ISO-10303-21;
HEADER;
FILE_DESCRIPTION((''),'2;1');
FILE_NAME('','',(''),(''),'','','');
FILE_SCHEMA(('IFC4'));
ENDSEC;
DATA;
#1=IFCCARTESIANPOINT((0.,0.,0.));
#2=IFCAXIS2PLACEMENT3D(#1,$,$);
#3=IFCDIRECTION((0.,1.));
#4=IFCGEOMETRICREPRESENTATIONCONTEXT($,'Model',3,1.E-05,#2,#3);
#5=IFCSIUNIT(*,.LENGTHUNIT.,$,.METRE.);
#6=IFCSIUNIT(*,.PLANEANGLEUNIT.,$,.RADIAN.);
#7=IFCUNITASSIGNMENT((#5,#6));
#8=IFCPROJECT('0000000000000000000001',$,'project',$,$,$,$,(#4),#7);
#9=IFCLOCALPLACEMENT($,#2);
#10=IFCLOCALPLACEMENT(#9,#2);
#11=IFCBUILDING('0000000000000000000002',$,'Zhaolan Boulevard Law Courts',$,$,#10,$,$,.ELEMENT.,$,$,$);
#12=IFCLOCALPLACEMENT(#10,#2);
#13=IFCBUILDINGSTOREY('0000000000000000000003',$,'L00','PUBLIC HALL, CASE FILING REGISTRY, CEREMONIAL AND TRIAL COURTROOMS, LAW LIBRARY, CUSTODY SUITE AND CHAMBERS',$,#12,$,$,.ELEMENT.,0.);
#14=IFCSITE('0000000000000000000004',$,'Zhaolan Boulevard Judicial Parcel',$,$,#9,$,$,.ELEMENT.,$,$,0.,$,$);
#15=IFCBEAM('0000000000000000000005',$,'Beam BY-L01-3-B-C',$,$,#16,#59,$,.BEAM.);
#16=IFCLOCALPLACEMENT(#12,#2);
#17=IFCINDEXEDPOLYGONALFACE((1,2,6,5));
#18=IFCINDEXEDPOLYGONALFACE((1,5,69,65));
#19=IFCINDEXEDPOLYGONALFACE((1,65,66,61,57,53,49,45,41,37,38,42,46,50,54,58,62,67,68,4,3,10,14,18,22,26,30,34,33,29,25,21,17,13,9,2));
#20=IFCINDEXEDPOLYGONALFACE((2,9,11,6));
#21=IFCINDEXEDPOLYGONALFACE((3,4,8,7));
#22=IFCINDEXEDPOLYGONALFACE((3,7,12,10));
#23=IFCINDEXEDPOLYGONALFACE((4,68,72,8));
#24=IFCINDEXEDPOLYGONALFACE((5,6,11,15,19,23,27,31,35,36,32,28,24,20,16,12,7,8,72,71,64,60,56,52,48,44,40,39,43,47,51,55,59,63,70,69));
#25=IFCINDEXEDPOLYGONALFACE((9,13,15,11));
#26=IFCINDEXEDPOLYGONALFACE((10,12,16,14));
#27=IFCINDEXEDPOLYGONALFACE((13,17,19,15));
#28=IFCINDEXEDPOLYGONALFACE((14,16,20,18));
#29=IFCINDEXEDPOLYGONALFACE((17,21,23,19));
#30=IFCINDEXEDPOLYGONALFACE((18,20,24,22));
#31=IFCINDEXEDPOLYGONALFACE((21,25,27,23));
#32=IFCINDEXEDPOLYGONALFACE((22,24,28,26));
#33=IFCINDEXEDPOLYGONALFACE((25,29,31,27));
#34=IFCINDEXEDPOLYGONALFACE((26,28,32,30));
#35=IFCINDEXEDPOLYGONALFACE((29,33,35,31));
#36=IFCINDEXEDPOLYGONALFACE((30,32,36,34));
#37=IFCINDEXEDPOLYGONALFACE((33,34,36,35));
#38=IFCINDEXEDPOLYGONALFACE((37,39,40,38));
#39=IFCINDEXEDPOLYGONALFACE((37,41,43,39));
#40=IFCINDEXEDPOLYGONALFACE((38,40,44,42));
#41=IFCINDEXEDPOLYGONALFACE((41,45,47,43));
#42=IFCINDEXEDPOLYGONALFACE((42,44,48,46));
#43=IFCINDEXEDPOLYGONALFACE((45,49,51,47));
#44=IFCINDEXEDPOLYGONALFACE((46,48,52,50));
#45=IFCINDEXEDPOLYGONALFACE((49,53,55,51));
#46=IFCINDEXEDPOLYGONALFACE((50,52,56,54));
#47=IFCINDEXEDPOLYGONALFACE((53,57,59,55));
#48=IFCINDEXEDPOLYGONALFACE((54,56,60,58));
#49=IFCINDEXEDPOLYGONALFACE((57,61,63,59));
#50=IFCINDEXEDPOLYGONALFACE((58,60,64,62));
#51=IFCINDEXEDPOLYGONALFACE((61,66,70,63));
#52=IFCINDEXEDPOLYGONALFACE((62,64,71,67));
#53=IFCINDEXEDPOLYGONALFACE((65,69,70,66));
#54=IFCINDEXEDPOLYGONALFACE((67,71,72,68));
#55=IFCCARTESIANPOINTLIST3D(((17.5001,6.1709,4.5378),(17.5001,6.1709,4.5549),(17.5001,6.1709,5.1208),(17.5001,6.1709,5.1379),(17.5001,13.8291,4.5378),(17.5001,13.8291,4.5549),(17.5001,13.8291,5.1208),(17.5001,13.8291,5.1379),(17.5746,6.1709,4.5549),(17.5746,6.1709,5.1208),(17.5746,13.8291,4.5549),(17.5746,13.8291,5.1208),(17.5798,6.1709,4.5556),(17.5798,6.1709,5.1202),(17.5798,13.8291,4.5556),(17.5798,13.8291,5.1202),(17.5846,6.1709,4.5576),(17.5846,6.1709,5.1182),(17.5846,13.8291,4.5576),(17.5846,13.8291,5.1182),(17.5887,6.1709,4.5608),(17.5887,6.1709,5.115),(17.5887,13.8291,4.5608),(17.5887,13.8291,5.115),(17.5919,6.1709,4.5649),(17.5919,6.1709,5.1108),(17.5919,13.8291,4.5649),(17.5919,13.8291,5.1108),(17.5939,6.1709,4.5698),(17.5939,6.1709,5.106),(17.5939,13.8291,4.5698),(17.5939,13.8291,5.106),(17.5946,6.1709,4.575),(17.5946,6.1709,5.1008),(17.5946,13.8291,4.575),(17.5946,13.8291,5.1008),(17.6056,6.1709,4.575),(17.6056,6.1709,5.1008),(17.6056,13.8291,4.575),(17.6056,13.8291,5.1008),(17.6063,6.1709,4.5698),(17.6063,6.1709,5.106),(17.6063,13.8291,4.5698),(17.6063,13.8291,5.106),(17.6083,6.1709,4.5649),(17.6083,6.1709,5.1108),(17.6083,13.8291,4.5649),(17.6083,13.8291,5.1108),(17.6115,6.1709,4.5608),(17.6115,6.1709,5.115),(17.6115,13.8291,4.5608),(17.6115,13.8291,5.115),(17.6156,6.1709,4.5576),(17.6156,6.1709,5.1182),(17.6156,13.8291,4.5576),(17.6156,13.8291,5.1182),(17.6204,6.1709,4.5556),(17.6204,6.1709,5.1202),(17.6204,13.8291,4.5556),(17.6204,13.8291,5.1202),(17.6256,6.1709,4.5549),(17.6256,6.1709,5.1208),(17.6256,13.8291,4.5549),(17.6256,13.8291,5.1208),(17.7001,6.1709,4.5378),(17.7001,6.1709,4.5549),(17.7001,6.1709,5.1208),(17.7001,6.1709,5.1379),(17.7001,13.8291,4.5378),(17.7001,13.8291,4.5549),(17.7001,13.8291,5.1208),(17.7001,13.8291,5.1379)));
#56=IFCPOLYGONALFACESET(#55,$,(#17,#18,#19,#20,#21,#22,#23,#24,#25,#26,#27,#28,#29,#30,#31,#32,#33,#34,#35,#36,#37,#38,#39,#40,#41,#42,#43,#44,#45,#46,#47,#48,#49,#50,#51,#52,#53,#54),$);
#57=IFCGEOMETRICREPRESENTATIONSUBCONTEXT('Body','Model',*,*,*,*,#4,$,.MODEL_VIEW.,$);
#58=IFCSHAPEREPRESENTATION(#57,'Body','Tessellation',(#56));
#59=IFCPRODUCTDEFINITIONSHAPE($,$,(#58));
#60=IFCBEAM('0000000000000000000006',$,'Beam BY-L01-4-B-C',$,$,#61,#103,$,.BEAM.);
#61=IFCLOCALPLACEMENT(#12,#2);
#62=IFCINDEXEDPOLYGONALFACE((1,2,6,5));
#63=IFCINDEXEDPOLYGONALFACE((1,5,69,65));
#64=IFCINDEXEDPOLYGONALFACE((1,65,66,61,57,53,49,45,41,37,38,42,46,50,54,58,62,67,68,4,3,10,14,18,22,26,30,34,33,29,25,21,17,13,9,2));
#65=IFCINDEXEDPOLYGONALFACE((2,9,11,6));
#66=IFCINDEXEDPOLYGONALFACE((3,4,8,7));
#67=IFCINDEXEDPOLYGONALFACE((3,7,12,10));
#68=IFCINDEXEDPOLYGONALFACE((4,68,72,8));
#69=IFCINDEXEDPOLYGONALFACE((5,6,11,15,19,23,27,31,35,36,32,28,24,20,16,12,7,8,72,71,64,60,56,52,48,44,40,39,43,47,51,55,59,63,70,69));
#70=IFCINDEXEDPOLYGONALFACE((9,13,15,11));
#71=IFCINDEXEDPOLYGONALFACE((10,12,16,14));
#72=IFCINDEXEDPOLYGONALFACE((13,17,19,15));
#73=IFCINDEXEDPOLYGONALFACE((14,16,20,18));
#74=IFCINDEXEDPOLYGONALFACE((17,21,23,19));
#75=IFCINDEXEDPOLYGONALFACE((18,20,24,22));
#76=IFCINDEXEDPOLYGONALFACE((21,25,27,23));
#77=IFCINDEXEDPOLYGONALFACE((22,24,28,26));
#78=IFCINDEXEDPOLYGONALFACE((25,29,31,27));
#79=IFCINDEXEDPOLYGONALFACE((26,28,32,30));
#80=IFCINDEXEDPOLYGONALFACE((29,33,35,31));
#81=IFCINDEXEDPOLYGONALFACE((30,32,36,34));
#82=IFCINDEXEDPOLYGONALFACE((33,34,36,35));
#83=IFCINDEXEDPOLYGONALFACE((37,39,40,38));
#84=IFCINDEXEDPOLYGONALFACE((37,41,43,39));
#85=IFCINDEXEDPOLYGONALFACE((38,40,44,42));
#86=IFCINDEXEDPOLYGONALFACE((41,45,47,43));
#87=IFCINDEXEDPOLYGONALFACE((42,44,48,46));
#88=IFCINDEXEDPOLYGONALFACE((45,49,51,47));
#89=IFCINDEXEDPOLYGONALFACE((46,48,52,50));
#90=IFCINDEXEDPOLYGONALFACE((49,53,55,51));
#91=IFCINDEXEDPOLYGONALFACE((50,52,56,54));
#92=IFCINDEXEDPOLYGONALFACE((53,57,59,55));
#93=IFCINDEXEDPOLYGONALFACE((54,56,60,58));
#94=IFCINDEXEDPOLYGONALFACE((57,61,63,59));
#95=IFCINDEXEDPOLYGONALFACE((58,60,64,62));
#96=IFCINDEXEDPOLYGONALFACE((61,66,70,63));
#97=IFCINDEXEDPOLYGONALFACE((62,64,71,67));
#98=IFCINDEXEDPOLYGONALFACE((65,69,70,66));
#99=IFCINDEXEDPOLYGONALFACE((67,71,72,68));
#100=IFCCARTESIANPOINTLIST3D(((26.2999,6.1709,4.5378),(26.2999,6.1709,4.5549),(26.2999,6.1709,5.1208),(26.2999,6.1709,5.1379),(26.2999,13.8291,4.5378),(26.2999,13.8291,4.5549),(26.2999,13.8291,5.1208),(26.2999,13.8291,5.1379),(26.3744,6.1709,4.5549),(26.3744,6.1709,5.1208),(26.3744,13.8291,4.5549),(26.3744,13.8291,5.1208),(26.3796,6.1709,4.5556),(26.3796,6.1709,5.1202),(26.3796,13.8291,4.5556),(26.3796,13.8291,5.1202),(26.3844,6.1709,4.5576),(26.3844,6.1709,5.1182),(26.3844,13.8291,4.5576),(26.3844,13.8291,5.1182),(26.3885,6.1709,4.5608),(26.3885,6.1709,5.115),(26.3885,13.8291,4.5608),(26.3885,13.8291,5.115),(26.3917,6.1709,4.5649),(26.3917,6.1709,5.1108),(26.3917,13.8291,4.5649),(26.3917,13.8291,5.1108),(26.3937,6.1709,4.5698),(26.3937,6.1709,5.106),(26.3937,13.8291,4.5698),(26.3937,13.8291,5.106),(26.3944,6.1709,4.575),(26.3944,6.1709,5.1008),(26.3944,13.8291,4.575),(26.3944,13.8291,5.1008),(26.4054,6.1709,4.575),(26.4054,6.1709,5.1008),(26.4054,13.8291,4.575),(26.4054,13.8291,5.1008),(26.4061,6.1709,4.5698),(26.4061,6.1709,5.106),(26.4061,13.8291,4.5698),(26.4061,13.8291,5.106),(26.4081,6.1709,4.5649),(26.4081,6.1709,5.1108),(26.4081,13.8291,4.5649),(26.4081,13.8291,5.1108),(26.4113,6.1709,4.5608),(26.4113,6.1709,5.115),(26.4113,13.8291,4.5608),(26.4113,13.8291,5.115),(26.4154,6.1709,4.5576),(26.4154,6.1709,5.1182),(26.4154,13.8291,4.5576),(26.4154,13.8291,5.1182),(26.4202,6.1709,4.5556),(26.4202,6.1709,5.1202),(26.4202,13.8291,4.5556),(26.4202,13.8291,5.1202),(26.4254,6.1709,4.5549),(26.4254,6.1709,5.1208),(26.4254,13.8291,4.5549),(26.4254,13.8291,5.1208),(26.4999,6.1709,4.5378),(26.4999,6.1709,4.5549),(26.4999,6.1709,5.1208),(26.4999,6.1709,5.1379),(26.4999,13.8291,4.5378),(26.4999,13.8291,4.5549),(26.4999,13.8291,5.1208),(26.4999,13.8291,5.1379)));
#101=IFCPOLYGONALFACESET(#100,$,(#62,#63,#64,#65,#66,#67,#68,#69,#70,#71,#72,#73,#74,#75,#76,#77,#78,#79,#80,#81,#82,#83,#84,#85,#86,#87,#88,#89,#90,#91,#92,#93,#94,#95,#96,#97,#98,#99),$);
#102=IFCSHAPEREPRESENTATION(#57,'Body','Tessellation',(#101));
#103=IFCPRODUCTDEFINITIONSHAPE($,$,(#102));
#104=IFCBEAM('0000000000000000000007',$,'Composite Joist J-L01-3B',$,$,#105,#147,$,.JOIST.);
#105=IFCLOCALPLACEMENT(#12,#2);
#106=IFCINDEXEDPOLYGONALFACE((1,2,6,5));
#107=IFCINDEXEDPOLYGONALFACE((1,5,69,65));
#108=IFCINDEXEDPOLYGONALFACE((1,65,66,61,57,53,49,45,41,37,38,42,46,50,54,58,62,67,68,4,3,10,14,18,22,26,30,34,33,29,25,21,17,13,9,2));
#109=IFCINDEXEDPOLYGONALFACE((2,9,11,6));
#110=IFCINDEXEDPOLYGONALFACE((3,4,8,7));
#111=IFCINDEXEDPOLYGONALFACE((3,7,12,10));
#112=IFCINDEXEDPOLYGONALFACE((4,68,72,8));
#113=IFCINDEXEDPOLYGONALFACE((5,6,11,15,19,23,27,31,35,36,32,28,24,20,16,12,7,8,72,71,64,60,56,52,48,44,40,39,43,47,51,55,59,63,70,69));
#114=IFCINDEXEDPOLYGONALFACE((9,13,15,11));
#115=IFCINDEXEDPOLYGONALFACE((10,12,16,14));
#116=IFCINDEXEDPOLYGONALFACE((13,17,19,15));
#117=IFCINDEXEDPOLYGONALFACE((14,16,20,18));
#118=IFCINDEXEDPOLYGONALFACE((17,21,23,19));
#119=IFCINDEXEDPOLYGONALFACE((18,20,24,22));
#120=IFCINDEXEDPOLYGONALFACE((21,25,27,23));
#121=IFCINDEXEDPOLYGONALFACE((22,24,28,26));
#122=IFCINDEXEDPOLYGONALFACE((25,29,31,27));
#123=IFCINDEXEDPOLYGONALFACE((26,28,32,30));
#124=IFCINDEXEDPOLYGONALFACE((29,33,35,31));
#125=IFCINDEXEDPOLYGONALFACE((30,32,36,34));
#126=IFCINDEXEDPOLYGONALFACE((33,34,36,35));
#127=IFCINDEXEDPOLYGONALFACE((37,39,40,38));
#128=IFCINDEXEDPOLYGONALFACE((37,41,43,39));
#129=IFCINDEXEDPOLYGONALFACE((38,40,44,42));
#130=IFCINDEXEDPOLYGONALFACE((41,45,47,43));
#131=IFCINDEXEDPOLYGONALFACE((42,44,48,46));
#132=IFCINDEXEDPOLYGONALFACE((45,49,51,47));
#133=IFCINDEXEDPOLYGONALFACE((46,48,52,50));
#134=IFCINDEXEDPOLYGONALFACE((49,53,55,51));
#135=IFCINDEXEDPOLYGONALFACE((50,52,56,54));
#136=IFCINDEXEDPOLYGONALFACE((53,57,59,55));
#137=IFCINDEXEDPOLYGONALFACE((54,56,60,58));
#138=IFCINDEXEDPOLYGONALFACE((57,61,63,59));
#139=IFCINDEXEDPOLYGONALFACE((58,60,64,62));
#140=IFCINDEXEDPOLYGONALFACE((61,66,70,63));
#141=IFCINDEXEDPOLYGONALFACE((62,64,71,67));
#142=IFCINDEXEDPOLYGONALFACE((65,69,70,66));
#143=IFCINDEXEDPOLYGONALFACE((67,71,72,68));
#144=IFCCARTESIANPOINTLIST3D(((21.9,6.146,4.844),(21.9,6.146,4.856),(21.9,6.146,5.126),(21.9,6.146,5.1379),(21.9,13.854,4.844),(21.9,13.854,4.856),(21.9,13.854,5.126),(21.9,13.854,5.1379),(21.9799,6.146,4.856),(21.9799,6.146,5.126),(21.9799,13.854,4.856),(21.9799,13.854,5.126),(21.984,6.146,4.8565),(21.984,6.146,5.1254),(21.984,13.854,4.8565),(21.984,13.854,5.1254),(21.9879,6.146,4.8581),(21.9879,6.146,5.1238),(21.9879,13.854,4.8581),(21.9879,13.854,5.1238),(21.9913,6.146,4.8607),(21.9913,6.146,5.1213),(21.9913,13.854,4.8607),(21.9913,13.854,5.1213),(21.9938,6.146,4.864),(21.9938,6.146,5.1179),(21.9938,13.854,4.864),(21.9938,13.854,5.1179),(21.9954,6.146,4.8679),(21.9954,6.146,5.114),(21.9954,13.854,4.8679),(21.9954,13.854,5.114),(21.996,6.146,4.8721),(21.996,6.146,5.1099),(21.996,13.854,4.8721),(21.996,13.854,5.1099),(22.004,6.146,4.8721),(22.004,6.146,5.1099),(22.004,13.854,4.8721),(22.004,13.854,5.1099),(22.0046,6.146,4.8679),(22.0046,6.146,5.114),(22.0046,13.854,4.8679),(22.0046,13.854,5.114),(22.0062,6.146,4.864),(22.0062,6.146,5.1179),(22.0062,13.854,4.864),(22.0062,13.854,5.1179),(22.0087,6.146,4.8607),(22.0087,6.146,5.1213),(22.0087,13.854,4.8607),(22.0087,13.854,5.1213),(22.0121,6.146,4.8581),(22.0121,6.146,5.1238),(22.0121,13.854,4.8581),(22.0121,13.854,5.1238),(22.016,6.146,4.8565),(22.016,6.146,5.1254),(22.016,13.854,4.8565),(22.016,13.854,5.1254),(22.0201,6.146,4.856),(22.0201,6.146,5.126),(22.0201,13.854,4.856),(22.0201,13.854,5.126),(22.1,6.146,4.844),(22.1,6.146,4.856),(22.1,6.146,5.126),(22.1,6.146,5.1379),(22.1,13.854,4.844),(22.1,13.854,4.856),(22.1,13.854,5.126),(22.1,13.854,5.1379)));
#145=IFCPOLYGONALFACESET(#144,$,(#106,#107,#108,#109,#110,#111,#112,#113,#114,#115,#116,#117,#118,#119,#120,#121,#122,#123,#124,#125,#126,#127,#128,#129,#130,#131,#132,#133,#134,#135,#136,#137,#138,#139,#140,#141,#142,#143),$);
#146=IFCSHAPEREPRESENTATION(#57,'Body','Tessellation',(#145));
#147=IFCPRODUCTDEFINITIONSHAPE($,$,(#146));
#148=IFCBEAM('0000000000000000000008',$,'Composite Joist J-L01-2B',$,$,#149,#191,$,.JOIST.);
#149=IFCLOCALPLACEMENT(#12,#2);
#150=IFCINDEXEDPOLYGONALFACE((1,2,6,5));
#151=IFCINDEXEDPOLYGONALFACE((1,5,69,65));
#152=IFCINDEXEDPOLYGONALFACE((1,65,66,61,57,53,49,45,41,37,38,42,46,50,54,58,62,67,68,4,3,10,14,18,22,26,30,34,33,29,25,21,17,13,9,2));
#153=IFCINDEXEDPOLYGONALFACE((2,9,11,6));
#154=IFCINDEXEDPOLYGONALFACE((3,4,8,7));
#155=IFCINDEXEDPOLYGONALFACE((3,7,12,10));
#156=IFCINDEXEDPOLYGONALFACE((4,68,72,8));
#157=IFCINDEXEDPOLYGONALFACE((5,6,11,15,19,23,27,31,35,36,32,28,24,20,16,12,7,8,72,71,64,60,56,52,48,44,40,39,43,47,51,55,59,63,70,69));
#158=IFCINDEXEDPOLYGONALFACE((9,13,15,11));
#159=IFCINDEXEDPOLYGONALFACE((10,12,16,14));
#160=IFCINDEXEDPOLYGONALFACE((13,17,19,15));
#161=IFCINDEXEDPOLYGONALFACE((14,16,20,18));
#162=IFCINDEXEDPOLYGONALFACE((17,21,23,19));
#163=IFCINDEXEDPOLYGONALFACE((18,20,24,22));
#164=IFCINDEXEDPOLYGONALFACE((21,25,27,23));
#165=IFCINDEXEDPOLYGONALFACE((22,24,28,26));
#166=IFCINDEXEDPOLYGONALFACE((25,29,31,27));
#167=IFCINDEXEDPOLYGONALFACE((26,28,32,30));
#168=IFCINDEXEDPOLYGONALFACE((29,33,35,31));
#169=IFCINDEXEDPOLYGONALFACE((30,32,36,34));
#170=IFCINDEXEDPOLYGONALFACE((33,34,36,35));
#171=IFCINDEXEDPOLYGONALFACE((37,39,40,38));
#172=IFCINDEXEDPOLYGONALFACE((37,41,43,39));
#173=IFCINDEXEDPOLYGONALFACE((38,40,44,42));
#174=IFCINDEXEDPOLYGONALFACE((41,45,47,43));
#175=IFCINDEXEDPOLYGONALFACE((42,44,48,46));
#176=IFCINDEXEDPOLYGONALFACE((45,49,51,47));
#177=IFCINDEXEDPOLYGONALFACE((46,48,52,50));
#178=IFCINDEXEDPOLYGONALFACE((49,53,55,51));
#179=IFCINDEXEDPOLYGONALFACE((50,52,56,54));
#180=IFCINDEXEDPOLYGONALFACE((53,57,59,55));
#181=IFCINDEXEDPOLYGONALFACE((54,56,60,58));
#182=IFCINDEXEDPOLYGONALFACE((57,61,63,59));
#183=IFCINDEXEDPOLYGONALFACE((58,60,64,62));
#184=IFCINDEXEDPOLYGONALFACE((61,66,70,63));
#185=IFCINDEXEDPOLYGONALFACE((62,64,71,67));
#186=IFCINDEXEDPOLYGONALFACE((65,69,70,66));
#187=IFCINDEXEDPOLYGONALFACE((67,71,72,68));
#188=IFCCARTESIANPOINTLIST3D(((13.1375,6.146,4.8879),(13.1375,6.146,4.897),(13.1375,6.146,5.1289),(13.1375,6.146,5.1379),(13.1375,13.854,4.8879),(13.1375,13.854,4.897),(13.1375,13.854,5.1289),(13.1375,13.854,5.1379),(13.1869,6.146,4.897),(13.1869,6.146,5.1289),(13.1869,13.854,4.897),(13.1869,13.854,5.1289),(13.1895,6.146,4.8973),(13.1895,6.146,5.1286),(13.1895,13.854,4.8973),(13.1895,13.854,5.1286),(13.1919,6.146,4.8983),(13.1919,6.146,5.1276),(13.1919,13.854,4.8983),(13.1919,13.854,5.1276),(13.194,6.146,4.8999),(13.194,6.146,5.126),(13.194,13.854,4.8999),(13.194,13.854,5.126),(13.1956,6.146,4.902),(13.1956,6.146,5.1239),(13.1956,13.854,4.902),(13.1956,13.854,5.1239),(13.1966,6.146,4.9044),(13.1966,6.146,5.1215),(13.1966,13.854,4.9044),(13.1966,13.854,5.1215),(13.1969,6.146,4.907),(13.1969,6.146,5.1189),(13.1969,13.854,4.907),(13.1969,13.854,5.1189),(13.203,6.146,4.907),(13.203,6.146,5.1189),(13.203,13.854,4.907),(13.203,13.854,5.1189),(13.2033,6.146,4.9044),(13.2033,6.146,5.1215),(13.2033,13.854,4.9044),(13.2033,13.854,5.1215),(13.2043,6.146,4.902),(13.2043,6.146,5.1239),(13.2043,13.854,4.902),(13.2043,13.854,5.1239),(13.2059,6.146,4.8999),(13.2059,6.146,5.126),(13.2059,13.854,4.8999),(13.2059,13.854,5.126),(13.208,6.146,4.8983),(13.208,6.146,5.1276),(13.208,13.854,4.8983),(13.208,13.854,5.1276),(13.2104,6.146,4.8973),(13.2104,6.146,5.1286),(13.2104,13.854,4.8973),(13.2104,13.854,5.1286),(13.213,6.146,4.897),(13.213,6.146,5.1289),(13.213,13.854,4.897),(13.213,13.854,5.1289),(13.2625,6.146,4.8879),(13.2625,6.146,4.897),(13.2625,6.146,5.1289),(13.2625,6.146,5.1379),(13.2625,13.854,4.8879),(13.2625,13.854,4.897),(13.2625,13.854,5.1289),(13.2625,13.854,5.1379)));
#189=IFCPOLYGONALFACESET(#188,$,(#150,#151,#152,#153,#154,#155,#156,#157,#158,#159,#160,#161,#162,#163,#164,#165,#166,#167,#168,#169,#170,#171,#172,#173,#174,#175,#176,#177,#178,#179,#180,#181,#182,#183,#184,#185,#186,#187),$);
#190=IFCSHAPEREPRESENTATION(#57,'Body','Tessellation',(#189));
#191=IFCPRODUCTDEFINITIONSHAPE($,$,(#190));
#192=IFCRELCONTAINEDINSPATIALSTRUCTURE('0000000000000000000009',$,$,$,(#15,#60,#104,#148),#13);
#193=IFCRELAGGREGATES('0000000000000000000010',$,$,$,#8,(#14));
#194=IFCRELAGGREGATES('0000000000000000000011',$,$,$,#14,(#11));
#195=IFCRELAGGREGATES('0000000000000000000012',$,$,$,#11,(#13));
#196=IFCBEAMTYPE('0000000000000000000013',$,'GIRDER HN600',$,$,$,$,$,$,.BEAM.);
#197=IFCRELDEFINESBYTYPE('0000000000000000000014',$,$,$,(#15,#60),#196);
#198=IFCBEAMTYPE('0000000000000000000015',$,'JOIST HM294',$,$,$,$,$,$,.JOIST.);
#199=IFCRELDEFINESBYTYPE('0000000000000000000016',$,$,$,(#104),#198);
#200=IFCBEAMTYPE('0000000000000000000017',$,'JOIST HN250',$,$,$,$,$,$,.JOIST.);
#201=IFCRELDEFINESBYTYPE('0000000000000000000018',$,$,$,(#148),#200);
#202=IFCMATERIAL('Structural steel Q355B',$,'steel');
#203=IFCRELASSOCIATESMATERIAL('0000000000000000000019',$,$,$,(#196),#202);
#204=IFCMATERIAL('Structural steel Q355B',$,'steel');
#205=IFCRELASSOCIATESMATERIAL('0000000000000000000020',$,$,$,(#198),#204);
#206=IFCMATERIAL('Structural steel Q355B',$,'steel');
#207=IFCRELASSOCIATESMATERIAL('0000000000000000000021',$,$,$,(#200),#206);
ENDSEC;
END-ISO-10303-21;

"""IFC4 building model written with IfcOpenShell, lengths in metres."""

from ifc_helpers import new_model, si_unit, direction, frame, origin, origin_2d, place, context, subcontext, project, spatial, i_section, extrude, material, material_profile, profile_set, type_object, element, save


model = new_model("IFC4")

# Units and contexts
model_context = context("Model", 3, precision=1e-05, world=origin(), true_north=direction((0.0, 1.0)))
body_context = subcontext(model_context, "Body", "Model", "MODEL_VIEW")
ifc_project = project(units=[si_unit("LENGTHUNIT", "METRE"), si_unit("PLANEANGLEUNIT", "RADIAN")], contexts=[model_context])

# Site, building, storey
site_placement = place(None, origin())
site = spatial("IfcSite", under=ifc_project, at=site_placement, Name="Zhaolan Boulevard Judicial Parcel", CompositionType="ELEMENT", RefElevation=0.0)
building_placement = place(site_placement, origin())
building = spatial("IfcBuilding", under=site, at=building_placement, Name="Zhaolan Boulevard Law Courts", CompositionType="ELEMENT")
storey_placement = place(building_placement, origin())
storey = spatial("IfcBuildingStorey", under=building, at=storey_placement, Name="L00", Description="PUBLIC HALL, CASE FILING REGISTRY, CEREMONIAL AND TRIAL COURTROOMS, LAW LIBRARY, CUSTODY SUITE AND CHAMBERS", CompositionType="ELEMENT", Elevation=0.0)

# Beams
ifc_material_1 = material(Name="Structural steel Q355B", Category="steel")
ifc_material_profile_1 = material_profile(ifc_material_1, i_section(OverallWidth=0.2, OverallDepth=0.6001, WebThickness=0.011, FlangeThickness=0.0171, FilletRadius=0.02, at=origin_2d()), Name="HN600x200")
ifc_profile_set_1 = profile_set([ifc_material_profile_1], Name="Structural steel Q355B")
beam_type_1 = type_object("IfcBeamType", Name="GIRDER HN600", PredefinedType="BEAM", material=ifc_profile_set_1)
for number, where, z_axis, x_axis, name in (
    (1, (17.6001, 6.1709, 4.8379), (0.0, 1.0, 0.0), (-1.0, 0.0, 0.0), "Beam BY-L01-3-B-C"),
    (2, (26.3999, 6.1709, 4.8379), (0.0, 1.0, 0.0), (-1.0, 0.0, 0.0), "Beam BY-L01-4-B-C"),
):
    element("IfcBeam", number, at=place(storey_placement, frame(where, z_axis=z_axis, x_axis=x_axis)), inside=storey, type_object=beam_type_1, Name=name, PredefinedType="BEAM", context=body_context, shape_type="SweptSolid", body=[
        extrude(i_section(OverallWidth=0.2, OverallDepth=0.6001, WebThickness=0.011, FlangeThickness=0.0171, FilletRadius=0.02, at=origin_2d()), origin(), (0.0, 0.0, 1.0), 7.6582),
    ])
ifc_material_2 = material(Name="Structural steel Q355B", Category="steel")
ifc_material_profile_2 = material_profile(ifc_material_2, i_section(OverallWidth=0.2, OverallDepth=0.2939, WebThickness=0.0081, FlangeThickness=0.012, FilletRadius=0.0161, at=origin_2d()), Name="HM294x200")
ifc_profile_set_2 = profile_set([ifc_material_profile_2], Name="Structural steel Q355B")
beam_type_2 = type_object("IfcBeamType", Name="JOIST HM294", PredefinedType="JOIST", material=ifc_profile_set_2)
beam_1_placement = place(storey_placement, frame((22.0, 6.146, 4.991), z_axis=(0.0, 1.0, 0.0), x_axis=(-1.0, 0.0, 0.0)))
element("IfcBeam", 3, at=beam_1_placement, inside=storey, type_object=beam_type_2, Name="Composite Joist J-L01-3B", PredefinedType="JOIST", context=body_context, shape_type="SweptSolid", body=[
    extrude(i_section(OverallWidth=0.2, OverallDepth=0.2939, WebThickness=0.0081, FlangeThickness=0.012, FilletRadius=0.0161, at=origin_2d()), origin(), (0.0, 0.0, 1.0), 7.708),
])
ifc_material_3 = material(Name="Structural steel Q355B", Category="steel")
ifc_material_profile_3 = material_profile(ifc_material_3, i_section(OverallWidth=0.125, OverallDepth=0.25, WebThickness=0.0061, FlangeThickness=0.009, FilletRadius=0.01, at=origin_2d()), Name="HN250x125")
ifc_profile_set_3 = profile_set([ifc_material_profile_3], Name="Structural steel Q355B")
beam_type_3 = type_object("IfcBeamType", Name="JOIST HN250", PredefinedType="JOIST", material=ifc_profile_set_3)
beam_2_placement = place(storey_placement, frame((13.2, 6.146, 5.0129), z_axis=(0.0, 1.0, 0.0), x_axis=(-1.0, 0.0, 0.0)))
element("IfcBeam", 4, at=beam_2_placement, inside=storey, type_object=beam_type_3, Name="Composite Joist J-L01-2B", PredefinedType="JOIST", context=body_context, shape_type="SweptSolid", body=[
    extrude(i_section(OverallWidth=0.125, OverallDepth=0.25, WebThickness=0.0061, FlangeThickness=0.009, FilletRadius=0.01, at=origin_2d()), origin(), (0.0, 0.0, 1.0), 7.708),
])

save(model, "model.ifc")
